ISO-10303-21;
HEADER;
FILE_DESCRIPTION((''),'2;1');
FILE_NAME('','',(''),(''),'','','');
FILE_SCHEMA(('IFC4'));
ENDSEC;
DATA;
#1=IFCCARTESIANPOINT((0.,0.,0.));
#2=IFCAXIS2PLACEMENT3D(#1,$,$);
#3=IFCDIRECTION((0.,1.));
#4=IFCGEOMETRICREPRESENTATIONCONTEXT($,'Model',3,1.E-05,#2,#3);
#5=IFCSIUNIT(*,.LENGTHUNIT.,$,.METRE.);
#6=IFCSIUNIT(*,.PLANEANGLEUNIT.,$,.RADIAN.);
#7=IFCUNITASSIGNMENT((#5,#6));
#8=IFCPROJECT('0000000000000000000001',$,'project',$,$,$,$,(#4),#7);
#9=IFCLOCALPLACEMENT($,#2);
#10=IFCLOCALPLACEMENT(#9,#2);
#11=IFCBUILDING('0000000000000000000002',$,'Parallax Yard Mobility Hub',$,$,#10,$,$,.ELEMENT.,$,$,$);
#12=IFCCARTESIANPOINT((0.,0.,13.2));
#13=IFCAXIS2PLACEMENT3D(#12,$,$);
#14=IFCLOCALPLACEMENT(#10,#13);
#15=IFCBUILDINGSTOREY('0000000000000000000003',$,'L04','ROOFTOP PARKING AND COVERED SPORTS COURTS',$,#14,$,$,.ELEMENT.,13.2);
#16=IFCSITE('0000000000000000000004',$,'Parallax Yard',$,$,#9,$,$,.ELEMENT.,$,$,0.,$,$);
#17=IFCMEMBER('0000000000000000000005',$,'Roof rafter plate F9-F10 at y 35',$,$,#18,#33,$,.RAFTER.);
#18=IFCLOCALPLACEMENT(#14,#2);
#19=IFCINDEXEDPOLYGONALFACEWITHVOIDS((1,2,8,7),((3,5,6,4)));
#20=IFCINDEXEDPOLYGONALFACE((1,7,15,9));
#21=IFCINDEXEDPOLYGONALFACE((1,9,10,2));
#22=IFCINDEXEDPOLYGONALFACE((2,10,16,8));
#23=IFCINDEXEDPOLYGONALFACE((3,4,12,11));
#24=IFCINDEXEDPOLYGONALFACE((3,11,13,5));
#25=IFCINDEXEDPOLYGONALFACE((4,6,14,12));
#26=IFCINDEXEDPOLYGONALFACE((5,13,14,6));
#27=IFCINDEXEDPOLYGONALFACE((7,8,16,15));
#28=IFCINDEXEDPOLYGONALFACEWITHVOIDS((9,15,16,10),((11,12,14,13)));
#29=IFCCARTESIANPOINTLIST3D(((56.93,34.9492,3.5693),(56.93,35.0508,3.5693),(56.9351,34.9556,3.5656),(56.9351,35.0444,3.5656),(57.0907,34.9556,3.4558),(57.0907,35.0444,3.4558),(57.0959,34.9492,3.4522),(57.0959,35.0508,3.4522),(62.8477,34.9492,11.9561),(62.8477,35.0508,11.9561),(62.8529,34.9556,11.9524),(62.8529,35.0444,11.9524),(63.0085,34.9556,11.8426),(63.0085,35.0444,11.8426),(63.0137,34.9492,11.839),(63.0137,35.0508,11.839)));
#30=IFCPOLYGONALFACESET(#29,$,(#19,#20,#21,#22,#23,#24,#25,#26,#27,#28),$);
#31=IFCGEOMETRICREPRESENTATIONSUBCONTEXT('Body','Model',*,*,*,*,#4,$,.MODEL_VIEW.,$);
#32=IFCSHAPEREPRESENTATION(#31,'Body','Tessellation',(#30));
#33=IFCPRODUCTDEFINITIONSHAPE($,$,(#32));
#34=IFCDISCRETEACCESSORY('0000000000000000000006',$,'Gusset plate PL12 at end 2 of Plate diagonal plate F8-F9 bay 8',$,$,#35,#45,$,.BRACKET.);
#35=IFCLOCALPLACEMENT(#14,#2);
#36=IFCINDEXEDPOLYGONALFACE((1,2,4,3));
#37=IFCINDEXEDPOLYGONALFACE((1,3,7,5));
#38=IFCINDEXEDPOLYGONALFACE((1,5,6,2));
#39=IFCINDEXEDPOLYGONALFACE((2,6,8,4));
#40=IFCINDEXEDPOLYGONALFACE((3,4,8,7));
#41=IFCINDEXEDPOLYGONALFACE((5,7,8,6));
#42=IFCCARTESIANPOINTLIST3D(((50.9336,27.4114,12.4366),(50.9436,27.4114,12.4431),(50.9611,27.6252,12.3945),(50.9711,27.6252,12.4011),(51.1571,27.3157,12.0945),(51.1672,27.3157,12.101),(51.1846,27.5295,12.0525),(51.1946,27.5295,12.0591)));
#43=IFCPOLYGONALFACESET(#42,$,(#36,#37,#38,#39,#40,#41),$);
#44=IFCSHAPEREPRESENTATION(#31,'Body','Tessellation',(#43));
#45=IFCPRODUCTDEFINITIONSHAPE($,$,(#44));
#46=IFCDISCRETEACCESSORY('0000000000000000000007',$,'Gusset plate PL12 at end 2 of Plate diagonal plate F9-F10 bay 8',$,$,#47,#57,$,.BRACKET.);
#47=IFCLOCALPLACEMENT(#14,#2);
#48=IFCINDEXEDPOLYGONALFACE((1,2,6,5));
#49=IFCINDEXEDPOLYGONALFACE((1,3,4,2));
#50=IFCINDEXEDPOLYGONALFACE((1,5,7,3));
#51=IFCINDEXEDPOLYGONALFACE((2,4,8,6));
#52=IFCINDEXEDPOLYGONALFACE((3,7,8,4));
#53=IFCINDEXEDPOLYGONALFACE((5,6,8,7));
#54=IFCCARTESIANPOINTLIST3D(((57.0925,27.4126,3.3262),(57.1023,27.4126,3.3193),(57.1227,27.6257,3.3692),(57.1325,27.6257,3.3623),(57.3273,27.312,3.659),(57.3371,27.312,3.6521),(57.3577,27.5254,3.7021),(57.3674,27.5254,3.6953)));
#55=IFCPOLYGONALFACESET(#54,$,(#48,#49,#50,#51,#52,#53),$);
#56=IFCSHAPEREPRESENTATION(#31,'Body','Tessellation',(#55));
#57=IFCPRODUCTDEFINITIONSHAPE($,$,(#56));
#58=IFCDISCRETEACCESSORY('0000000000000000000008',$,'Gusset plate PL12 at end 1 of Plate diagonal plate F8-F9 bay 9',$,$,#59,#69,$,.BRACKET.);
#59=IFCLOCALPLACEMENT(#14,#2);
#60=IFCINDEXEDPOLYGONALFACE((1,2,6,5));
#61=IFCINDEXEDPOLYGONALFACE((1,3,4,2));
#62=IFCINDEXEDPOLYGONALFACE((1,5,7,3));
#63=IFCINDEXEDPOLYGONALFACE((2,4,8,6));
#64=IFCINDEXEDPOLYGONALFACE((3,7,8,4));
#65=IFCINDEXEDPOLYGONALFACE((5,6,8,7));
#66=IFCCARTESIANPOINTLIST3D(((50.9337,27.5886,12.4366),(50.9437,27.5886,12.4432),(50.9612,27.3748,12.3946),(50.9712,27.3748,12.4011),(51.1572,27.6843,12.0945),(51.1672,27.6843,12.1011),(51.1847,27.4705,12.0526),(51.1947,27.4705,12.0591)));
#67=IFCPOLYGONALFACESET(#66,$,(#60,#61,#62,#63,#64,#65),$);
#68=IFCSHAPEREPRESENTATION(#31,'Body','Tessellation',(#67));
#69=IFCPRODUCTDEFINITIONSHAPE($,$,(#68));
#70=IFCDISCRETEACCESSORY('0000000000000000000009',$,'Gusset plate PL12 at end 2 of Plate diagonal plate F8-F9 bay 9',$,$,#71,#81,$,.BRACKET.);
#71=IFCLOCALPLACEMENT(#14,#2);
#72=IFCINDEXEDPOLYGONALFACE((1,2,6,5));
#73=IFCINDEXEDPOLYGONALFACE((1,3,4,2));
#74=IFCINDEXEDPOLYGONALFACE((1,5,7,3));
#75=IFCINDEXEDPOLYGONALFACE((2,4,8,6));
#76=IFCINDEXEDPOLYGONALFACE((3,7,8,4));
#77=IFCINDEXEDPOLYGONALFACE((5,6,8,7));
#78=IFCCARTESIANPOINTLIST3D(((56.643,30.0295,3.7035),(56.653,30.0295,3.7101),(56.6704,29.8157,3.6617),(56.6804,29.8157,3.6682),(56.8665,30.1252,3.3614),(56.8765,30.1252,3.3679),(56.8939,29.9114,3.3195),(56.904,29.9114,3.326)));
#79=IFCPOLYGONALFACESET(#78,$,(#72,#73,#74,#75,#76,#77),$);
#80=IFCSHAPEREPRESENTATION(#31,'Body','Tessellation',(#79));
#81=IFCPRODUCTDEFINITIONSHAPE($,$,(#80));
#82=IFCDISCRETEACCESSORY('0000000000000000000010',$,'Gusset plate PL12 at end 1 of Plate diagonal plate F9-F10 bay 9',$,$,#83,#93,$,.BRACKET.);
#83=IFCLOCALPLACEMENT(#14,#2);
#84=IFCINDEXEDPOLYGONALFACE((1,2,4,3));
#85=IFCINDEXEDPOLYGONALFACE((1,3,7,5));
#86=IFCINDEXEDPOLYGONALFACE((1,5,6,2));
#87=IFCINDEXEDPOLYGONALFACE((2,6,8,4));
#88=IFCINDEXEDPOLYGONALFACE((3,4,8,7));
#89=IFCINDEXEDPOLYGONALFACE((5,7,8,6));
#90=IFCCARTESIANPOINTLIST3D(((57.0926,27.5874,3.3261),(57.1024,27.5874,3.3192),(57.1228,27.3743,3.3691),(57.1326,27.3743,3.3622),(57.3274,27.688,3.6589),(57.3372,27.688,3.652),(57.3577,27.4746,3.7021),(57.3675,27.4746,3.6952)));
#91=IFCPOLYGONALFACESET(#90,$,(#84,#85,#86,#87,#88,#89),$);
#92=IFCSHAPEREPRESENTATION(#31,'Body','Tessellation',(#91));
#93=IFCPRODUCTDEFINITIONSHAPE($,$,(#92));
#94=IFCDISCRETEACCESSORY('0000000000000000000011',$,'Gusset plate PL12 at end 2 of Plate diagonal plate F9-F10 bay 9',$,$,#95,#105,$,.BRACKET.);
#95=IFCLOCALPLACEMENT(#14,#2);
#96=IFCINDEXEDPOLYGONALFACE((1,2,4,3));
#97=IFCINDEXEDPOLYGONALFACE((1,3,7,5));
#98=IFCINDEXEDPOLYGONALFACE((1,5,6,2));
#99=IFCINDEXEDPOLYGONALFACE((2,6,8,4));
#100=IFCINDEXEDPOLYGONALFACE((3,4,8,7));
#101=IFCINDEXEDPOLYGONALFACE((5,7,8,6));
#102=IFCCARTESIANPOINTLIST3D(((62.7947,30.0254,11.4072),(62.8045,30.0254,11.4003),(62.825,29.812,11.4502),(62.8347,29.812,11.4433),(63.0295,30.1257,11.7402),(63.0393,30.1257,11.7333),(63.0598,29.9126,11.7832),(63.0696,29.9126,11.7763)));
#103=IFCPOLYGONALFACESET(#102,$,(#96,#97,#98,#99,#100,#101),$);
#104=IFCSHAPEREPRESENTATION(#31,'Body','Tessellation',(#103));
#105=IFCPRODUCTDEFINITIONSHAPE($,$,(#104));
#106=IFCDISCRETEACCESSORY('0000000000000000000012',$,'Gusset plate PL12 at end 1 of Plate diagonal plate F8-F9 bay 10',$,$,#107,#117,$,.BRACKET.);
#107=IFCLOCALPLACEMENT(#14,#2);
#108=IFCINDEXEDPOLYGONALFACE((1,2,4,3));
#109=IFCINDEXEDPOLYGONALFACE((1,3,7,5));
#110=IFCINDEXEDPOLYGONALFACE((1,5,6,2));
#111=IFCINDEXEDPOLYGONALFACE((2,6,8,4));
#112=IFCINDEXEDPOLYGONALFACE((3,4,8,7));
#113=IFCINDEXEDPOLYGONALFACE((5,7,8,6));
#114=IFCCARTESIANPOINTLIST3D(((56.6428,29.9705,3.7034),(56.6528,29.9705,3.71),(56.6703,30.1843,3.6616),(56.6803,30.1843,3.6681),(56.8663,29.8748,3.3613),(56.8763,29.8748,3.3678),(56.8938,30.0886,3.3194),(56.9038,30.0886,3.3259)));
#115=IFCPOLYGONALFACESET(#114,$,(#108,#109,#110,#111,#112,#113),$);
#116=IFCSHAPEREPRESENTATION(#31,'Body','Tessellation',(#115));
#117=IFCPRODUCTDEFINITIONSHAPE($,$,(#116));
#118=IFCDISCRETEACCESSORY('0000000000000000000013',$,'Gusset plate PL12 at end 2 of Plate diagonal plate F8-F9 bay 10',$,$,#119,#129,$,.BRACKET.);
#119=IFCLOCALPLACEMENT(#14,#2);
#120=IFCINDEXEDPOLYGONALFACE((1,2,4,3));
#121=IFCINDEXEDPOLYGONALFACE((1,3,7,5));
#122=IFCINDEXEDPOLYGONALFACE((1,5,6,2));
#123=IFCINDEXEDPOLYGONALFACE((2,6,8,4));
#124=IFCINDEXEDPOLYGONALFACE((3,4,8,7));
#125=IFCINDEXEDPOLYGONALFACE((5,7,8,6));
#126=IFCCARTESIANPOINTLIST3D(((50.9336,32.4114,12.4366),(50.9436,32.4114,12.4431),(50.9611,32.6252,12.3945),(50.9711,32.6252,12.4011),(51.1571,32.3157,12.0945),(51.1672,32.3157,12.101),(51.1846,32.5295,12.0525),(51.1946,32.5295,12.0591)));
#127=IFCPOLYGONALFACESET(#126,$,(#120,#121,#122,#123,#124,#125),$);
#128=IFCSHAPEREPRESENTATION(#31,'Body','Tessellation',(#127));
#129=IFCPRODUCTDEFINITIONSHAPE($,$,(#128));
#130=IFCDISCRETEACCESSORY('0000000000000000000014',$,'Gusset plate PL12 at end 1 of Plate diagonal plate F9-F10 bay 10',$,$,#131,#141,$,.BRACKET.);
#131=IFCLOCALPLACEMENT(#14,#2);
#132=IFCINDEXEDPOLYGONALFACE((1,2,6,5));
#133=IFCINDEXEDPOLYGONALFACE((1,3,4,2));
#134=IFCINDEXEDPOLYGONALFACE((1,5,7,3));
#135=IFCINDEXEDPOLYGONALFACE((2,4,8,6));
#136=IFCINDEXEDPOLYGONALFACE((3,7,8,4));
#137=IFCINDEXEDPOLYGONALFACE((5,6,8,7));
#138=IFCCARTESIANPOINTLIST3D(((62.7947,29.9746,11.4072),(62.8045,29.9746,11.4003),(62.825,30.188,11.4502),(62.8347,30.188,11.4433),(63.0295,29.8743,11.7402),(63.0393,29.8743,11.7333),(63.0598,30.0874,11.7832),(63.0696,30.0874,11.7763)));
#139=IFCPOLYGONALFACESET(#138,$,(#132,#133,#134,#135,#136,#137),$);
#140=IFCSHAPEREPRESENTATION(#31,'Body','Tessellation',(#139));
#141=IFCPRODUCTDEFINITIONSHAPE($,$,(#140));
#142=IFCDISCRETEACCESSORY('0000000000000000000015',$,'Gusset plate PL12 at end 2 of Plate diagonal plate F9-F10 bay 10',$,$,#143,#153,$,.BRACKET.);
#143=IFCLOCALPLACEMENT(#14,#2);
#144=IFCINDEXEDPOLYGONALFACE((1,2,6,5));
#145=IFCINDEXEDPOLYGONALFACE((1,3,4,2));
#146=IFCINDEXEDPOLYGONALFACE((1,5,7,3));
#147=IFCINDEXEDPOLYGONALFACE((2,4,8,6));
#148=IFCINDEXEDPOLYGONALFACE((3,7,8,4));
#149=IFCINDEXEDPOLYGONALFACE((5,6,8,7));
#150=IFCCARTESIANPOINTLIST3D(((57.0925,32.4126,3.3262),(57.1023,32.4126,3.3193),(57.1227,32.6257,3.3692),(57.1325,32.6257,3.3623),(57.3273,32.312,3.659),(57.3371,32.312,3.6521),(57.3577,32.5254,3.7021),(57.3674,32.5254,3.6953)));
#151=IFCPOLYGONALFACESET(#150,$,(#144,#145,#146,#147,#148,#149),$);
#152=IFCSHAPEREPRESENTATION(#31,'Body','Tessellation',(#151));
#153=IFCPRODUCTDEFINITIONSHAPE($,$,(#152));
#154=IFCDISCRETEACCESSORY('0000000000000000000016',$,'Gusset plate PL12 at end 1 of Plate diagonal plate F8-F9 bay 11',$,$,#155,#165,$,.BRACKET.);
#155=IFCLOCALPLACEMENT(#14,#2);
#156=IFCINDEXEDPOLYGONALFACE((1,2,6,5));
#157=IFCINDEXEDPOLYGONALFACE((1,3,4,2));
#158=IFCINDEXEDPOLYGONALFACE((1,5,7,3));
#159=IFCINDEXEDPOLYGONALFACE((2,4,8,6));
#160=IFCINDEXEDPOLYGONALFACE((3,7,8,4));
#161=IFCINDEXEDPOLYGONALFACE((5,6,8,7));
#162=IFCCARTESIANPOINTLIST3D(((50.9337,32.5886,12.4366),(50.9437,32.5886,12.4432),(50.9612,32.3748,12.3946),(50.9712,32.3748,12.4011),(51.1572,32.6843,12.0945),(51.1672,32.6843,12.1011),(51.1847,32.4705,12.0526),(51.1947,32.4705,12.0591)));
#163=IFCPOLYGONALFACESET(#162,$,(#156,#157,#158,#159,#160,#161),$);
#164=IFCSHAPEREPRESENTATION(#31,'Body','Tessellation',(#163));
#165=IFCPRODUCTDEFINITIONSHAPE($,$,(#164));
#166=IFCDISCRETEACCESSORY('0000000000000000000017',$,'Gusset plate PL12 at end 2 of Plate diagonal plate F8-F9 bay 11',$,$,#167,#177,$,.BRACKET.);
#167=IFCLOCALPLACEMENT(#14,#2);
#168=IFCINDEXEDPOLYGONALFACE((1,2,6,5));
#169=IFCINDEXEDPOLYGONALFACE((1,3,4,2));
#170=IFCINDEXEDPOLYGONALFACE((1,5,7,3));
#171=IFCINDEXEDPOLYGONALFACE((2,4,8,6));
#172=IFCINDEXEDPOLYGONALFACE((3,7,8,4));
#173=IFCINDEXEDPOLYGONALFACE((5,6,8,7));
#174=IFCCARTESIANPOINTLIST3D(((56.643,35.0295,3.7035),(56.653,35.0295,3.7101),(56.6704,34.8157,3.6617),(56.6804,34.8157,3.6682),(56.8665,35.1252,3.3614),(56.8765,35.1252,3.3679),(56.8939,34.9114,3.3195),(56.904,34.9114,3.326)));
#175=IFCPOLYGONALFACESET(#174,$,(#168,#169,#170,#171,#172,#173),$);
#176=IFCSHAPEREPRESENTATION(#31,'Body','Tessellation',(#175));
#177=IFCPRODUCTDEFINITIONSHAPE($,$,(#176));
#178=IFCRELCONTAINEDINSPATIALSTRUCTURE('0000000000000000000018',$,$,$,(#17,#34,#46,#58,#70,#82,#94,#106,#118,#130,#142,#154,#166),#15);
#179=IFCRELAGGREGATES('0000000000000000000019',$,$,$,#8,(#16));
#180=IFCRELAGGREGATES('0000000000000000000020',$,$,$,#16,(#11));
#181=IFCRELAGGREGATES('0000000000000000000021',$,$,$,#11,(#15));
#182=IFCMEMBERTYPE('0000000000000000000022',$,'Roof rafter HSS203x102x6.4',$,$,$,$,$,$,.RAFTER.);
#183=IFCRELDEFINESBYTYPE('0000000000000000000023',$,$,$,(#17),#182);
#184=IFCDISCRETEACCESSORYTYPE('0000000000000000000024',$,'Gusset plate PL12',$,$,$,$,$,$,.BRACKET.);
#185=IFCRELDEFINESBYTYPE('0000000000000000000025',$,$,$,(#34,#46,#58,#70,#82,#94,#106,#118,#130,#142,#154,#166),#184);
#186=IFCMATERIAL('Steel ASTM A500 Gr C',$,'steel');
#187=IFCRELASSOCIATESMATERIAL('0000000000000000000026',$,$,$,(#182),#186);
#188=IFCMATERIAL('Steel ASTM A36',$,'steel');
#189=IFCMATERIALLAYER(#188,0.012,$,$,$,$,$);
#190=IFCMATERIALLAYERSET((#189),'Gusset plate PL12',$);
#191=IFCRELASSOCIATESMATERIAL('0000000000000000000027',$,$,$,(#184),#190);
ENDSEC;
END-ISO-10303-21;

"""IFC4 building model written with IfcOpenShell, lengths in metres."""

from ifc_helpers import new_model, si_unit, direction, frame, origin, origin_2d, place, context, subcontext, project, spatial, polyline, hollow_rectangle, outline, extrude, material, layer, layer_set, material_profile, profile_set, type_object, element, save


model = new_model("IFC4")

# Units and contexts
model_context = context("Model", 3, precision=1e-05, world=origin(), true_north=direction((0.0, 1.0)))
body_context = subcontext(model_context, "Body", "Model", "MODEL_VIEW")
ifc_project = project(units=[si_unit("LENGTHUNIT", "METRE"), si_unit("PLANEANGLEUNIT", "RADIAN")], contexts=[model_context])

# Site, building, storey
site_placement = place(None, origin())
site = spatial("IfcSite", under=ifc_project, at=site_placement, Name="Parallax Yard", CompositionType="ELEMENT", RefElevation=0.0)
building_placement = place(site_placement, origin())
building = spatial("IfcBuilding", under=site, at=building_placement, Name="Parallax Yard Mobility Hub", CompositionType="ELEMENT")
storey_placement = place(building_placement, frame((0.0, 0.0, 13.2)))
storey = spatial("IfcBuildingStorey", under=building, at=storey_placement, Name="L04", Description="ROOFTOP PARKING AND COVERED SPORTS COURTS", CompositionType="ELEMENT", Elevation=13.2)

# Member
ifc_material_1 = material(Name="Steel ASTM A500 Gr C", Category="steel")
ifc_material_profile_1 = material_profile(ifc_material_1, hollow_rectangle(XDim=0.1016, YDim=0.2031, WallThickness=0.0063, at=origin_2d()), Name="HSS203x102x6.4")
ifc_profile_set_1 = profile_set([ifc_material_profile_1], Name="Steel ASTM A500 Gr C")
member_type_1 = type_object("IfcMemberType", Name="Roof rafter HSS203x102x6.4", PredefinedType="RAFTER", material=ifc_profile_set_1)
member_1_placement = place(storey_placement, frame((57.0129, 35.0, 3.5107), z_axis=(0.576533, 0.0, 0.817074), x_axis=(0.0, 1.0, 0.0)))
element("IfcMember", 1, at=member_1_placement, inside=storey, type_object=member_type_1, Name="Roof rafter plate F9-F10 at y 35", PredefinedType="RAFTER", context=body_context, shape_type="SweptSolid", body=[
    extrude(hollow_rectangle(XDim=0.1016, YDim=0.2031, WallThickness=0.0063, at=origin_2d()), origin(), (0.0, 0.0, 1.0), 10.2644),
])

# Discrete accessories
ifc_material_2 = material(Name="Steel ASTM A36", Category="steel")
ifc_layer = layer(ifc_material_2, 0.012)
ifc_layer_set = layer_set([ifc_layer], Name="Gusset plate PL12")
discrete_accessory_type = type_object("IfcDiscreteAccessoryType", Name="Gusset plate PL12", PredefinedType="BRACKET", material=ifc_layer_set)
discrete_accessory_1_placement = place(storey_placement, frame((51.1946, 27.5295, 12.0591), z_axis=(0.837105, -0.000095, 0.547043), x_axis=(-0.532605, 0.228089, 0.815051)))
element("IfcDiscreteAccessory", 2, at=discrete_accessory_1_placement, inside=storey, type_object=discrete_accessory_type, Name="Gusset plate PL12 at end 2 of Plate diagonal plate F8-F9 bay 8", PredefinedType="BRACKET", context=body_context, shape_type="SweptSolid", body=[
    extrude(outline(polyline([(0.0, 0.0), (0.4196, 0.0), (0.4197, 0.2197), (0.0, 0.2197), (0.0, 0.0)])), origin(), (0.0, 0.0, -1.0), 0.012),
])
discrete_accessory_2_placement = place(storey_placement, frame((57.3577, 27.5254, 3.7021), z_axis=(-0.817167, -0.000465, 0.576401), x_axis=(-0.559774, 0.239096, -0.793401)))
element("IfcDiscreteAccessory", 3, at=discrete_accessory_2_placement, inside=storey, type_object=discrete_accessory_type, Name="Gusset plate PL12 at end 2 of Plate diagonal plate F9-F10 bay 8", PredefinedType="BRACKET", context=body_context, shape_type="SweptSolid", body=[
    extrude(outline(polyline([(0.0, 0.0), (0.4197, 0.0), (0.4197, 0.2195), (0.0002, 0.2198), (0.0, 0.0)])), origin(), (0.0, 0.0, -1.0), 0.012),
])
discrete_accessory_3_placement = place(storey_placement, frame((51.1672, 27.6843, 12.1011), z_axis=(0.837105, 0.000095, 0.547043), x_axis=(-0.532614, -0.228018, 0.815065)))
element("IfcDiscreteAccessory", 4, at=discrete_accessory_3_placement, inside=storey, type_object=discrete_accessory_type, Name="Gusset plate PL12 at end 1 of Plate diagonal plate F8-F9 bay 9", PredefinedType="BRACKET", context=body_context, shape_type="SweptSolid", body=[
    extrude(outline(polyline([(0.0, 0.0), (0.4197, 0.0), (0.4196, 0.2197), (0.0, 0.2197), (0.0, 0.0)])), origin(), (0.0, 0.0, -1.0), 0.012),
])
discrete_accessory_4_placement = place(storey_placement, frame((56.6804, 29.8157, 3.6682), z_axis=(0.837152, 0.000427, 0.546971), x_axis=(0.532485, 0.227981, -0.815159)))
element("IfcDiscreteAccessory", 5, at=discrete_accessory_4_placement, inside=storey, type_object=discrete_accessory_type, Name="Gusset plate PL12 at end 2 of Plate diagonal plate F8-F9 bay 9", PredefinedType="BRACKET", context=body_context, shape_type="SweptSolid", body=[
    extrude(outline(polyline([(0.0, 0.0), (0.4198, 0.0), (0.4198, 0.2197), (0.0, 0.2196), (0.0, 0.0)])), origin(), (0.0, 0.0, -1.0), 0.012),
])
discrete_accessory_5_placement = place(storey_placement, frame((57.3274, 27.688, 3.6589), z_axis=(-0.817167, 0.000465, 0.576401), x_axis=(-0.559681, -0.239756, -0.793268)))
element("IfcDiscreteAccessory", 6, at=discrete_accessory_5_placement, inside=storey, type_object=discrete_accessory_type, Name="Gusset plate PL12 at end 1 of Plate diagonal plate F9-F10 bay 9", PredefinedType="BRACKET", context=body_context, shape_type="SweptSolid", body=[
    extrude(outline(polyline([(0.0, 0.0), (0.4195, 0.0), (0.4196, 0.2195), (-0.0001, 0.2198), (0.0, 0.0)])), origin(), (0.0, 0.0, -1.0), 0.012),
])
discrete_accessory_6_placement = place(storey_placement, frame((62.825, 29.812, 11.4502), z_axis=(-0.817216, 0.000114, 0.576331), x_axis=(0.559559, 0.239645, 0.793388)))
element("IfcDiscreteAccessory", 7, at=discrete_accessory_6_placement, inside=storey, type_object=discrete_accessory_type, Name="Gusset plate PL12 at end 2 of Plate diagonal plate F9-F10 bay 9", PredefinedType="BRACKET", context=body_context, shape_type="SweptSolid", body=[
    extrude(outline(polyline([(0.0, 0.0), (0.4197, 0.0), (0.4198, 0.2195), (0.0001, 0.2198), (0.0, 0.0)])), origin(), (0.0, 0.0, -1.0), 0.012),
])
discrete_accessory_7_placement = place(storey_placement, frame((56.6528, 29.9705, 3.71), z_axis=(0.837152, -0.000427, 0.546971), x_axis=(0.532481, -0.228018, -0.815152)))
element("IfcDiscreteAccessory", 8, at=discrete_accessory_7_placement, inside=storey, type_object=discrete_accessory_type, Name="Gusset plate PL12 at end 1 of Plate diagonal plate F8-F9 bay 10", PredefinedType="BRACKET", context=body_context, shape_type="SweptSolid", body=[
    extrude(outline(polyline([(0.0, 0.0), (0.4197, 0.0), (0.4197, 0.2197), (0.0, 0.2196), (0.0, 0.0)])), origin(), (0.0, 0.0, -1.0), 0.012),
])
discrete_accessory_8_placement = place(storey_placement, frame((51.1946, 32.5295, 12.0591), z_axis=(0.837105, -0.000095, 0.547043), x_axis=(-0.532605, 0.228089, 0.815051)))
element("IfcDiscreteAccessory", 9, at=discrete_accessory_8_placement, inside=storey, type_object=discrete_accessory_type, Name="Gusset plate PL12 at end 2 of Plate diagonal plate F8-F9 bay 10", PredefinedType="BRACKET", context=body_context, shape_type="SweptSolid", body=[
    extrude(outline(polyline([(0.0, 0.0), (0.4196, 0.0), (0.4197, 0.2197), (0.0, 0.2197), (0.0, 0.0)])), origin(), (0.0, 0.0, -1.0), 0.012),
])
discrete_accessory_9_placement = place(storey_placement, frame((62.7947, 29.9746, 11.4072), z_axis=(-0.817216, -0.000114, 0.576331), x_axis=(0.559637, -0.239097, 0.793498)))
element("IfcDiscreteAccessory", 10, at=discrete_accessory_9_placement, inside=storey, type_object=discrete_accessory_type, Name="Gusset plate PL12 at end 1 of Plate diagonal plate F9-F10 bay 10", PredefinedType="BRACKET", context=body_context, shape_type="SweptSolid", body=[
    extrude(outline(polyline([(0.0, 0.0), (0.4197, 0.0), (0.4197, 0.2195), (0.0, 0.2198), (0.0, 0.0)])), origin(), (0.0, 0.0, -1.0), 0.012),
])
discrete_accessory_10_placement = place(storey_placement, frame((57.3577, 32.5254, 3.7021), z_axis=(-0.817167, -0.000465, 0.576401), x_axis=(-0.559774, 0.239096, -0.793401)))
element("IfcDiscreteAccessory", 11, at=discrete_accessory_10_placement, inside=storey, type_object=discrete_accessory_type, Name="Gusset plate PL12 at end 2 of Plate diagonal plate F9-F10 bay 10", PredefinedType="BRACKET", context=body_context, shape_type="SweptSolid", body=[
    extrude(outline(polyline([(0.0, 0.0), (0.4197, 0.0), (0.4197, 0.2195), (0.0002, 0.2198), (0.0, 0.0)])), origin(), (0.0, 0.0, -1.0), 0.012),
])
discrete_accessory_11_placement = place(storey_placement, frame((51.1672, 32.6843, 12.1011), z_axis=(0.837105, 0.000095, 0.547043), x_axis=(-0.532614, -0.228018, 0.815065)))
element("IfcDiscreteAccessory", 12, at=discrete_accessory_11_placement, inside=storey, type_object=discrete_accessory_type, Name="Gusset plate PL12 at end 1 of Plate diagonal plate F8-F9 bay 11", PredefinedType="BRACKET", context=body_context, shape_type="SweptSolid", body=[
    extrude(outline(polyline([(0.0, 0.0), (0.4197, 0.0), (0.4196, 0.2197), (0.0, 0.2197), (0.0, 0.0)])), origin(), (0.0, 0.0, -1.0), 0.012),
])
discrete_accessory_12_placement = place(storey_placement, frame((56.6804, 34.8157, 3.6682), z_axis=(0.837152, 0.000427, 0.546971), x_axis=(0.532485, 0.227981, -0.815159)))
element("IfcDiscreteAccessory", 13, at=discrete_accessory_12_placement, inside=storey, type_object=discrete_accessory_type, Name="Gusset plate PL12 at end 2 of Plate diagonal plate F8-F9 bay 11", PredefinedType="BRACKET", context=body_context, shape_type="SweptSolid", body=[
    extrude(outline(polyline([(0.0, 0.0), (0.4198, 0.0), (0.4198, 0.2197), (0.0, 0.2196), (0.0, 0.0)])), origin(), (0.0, 0.0, -1.0), 0.012),
])

save(model, "model.ifc")
